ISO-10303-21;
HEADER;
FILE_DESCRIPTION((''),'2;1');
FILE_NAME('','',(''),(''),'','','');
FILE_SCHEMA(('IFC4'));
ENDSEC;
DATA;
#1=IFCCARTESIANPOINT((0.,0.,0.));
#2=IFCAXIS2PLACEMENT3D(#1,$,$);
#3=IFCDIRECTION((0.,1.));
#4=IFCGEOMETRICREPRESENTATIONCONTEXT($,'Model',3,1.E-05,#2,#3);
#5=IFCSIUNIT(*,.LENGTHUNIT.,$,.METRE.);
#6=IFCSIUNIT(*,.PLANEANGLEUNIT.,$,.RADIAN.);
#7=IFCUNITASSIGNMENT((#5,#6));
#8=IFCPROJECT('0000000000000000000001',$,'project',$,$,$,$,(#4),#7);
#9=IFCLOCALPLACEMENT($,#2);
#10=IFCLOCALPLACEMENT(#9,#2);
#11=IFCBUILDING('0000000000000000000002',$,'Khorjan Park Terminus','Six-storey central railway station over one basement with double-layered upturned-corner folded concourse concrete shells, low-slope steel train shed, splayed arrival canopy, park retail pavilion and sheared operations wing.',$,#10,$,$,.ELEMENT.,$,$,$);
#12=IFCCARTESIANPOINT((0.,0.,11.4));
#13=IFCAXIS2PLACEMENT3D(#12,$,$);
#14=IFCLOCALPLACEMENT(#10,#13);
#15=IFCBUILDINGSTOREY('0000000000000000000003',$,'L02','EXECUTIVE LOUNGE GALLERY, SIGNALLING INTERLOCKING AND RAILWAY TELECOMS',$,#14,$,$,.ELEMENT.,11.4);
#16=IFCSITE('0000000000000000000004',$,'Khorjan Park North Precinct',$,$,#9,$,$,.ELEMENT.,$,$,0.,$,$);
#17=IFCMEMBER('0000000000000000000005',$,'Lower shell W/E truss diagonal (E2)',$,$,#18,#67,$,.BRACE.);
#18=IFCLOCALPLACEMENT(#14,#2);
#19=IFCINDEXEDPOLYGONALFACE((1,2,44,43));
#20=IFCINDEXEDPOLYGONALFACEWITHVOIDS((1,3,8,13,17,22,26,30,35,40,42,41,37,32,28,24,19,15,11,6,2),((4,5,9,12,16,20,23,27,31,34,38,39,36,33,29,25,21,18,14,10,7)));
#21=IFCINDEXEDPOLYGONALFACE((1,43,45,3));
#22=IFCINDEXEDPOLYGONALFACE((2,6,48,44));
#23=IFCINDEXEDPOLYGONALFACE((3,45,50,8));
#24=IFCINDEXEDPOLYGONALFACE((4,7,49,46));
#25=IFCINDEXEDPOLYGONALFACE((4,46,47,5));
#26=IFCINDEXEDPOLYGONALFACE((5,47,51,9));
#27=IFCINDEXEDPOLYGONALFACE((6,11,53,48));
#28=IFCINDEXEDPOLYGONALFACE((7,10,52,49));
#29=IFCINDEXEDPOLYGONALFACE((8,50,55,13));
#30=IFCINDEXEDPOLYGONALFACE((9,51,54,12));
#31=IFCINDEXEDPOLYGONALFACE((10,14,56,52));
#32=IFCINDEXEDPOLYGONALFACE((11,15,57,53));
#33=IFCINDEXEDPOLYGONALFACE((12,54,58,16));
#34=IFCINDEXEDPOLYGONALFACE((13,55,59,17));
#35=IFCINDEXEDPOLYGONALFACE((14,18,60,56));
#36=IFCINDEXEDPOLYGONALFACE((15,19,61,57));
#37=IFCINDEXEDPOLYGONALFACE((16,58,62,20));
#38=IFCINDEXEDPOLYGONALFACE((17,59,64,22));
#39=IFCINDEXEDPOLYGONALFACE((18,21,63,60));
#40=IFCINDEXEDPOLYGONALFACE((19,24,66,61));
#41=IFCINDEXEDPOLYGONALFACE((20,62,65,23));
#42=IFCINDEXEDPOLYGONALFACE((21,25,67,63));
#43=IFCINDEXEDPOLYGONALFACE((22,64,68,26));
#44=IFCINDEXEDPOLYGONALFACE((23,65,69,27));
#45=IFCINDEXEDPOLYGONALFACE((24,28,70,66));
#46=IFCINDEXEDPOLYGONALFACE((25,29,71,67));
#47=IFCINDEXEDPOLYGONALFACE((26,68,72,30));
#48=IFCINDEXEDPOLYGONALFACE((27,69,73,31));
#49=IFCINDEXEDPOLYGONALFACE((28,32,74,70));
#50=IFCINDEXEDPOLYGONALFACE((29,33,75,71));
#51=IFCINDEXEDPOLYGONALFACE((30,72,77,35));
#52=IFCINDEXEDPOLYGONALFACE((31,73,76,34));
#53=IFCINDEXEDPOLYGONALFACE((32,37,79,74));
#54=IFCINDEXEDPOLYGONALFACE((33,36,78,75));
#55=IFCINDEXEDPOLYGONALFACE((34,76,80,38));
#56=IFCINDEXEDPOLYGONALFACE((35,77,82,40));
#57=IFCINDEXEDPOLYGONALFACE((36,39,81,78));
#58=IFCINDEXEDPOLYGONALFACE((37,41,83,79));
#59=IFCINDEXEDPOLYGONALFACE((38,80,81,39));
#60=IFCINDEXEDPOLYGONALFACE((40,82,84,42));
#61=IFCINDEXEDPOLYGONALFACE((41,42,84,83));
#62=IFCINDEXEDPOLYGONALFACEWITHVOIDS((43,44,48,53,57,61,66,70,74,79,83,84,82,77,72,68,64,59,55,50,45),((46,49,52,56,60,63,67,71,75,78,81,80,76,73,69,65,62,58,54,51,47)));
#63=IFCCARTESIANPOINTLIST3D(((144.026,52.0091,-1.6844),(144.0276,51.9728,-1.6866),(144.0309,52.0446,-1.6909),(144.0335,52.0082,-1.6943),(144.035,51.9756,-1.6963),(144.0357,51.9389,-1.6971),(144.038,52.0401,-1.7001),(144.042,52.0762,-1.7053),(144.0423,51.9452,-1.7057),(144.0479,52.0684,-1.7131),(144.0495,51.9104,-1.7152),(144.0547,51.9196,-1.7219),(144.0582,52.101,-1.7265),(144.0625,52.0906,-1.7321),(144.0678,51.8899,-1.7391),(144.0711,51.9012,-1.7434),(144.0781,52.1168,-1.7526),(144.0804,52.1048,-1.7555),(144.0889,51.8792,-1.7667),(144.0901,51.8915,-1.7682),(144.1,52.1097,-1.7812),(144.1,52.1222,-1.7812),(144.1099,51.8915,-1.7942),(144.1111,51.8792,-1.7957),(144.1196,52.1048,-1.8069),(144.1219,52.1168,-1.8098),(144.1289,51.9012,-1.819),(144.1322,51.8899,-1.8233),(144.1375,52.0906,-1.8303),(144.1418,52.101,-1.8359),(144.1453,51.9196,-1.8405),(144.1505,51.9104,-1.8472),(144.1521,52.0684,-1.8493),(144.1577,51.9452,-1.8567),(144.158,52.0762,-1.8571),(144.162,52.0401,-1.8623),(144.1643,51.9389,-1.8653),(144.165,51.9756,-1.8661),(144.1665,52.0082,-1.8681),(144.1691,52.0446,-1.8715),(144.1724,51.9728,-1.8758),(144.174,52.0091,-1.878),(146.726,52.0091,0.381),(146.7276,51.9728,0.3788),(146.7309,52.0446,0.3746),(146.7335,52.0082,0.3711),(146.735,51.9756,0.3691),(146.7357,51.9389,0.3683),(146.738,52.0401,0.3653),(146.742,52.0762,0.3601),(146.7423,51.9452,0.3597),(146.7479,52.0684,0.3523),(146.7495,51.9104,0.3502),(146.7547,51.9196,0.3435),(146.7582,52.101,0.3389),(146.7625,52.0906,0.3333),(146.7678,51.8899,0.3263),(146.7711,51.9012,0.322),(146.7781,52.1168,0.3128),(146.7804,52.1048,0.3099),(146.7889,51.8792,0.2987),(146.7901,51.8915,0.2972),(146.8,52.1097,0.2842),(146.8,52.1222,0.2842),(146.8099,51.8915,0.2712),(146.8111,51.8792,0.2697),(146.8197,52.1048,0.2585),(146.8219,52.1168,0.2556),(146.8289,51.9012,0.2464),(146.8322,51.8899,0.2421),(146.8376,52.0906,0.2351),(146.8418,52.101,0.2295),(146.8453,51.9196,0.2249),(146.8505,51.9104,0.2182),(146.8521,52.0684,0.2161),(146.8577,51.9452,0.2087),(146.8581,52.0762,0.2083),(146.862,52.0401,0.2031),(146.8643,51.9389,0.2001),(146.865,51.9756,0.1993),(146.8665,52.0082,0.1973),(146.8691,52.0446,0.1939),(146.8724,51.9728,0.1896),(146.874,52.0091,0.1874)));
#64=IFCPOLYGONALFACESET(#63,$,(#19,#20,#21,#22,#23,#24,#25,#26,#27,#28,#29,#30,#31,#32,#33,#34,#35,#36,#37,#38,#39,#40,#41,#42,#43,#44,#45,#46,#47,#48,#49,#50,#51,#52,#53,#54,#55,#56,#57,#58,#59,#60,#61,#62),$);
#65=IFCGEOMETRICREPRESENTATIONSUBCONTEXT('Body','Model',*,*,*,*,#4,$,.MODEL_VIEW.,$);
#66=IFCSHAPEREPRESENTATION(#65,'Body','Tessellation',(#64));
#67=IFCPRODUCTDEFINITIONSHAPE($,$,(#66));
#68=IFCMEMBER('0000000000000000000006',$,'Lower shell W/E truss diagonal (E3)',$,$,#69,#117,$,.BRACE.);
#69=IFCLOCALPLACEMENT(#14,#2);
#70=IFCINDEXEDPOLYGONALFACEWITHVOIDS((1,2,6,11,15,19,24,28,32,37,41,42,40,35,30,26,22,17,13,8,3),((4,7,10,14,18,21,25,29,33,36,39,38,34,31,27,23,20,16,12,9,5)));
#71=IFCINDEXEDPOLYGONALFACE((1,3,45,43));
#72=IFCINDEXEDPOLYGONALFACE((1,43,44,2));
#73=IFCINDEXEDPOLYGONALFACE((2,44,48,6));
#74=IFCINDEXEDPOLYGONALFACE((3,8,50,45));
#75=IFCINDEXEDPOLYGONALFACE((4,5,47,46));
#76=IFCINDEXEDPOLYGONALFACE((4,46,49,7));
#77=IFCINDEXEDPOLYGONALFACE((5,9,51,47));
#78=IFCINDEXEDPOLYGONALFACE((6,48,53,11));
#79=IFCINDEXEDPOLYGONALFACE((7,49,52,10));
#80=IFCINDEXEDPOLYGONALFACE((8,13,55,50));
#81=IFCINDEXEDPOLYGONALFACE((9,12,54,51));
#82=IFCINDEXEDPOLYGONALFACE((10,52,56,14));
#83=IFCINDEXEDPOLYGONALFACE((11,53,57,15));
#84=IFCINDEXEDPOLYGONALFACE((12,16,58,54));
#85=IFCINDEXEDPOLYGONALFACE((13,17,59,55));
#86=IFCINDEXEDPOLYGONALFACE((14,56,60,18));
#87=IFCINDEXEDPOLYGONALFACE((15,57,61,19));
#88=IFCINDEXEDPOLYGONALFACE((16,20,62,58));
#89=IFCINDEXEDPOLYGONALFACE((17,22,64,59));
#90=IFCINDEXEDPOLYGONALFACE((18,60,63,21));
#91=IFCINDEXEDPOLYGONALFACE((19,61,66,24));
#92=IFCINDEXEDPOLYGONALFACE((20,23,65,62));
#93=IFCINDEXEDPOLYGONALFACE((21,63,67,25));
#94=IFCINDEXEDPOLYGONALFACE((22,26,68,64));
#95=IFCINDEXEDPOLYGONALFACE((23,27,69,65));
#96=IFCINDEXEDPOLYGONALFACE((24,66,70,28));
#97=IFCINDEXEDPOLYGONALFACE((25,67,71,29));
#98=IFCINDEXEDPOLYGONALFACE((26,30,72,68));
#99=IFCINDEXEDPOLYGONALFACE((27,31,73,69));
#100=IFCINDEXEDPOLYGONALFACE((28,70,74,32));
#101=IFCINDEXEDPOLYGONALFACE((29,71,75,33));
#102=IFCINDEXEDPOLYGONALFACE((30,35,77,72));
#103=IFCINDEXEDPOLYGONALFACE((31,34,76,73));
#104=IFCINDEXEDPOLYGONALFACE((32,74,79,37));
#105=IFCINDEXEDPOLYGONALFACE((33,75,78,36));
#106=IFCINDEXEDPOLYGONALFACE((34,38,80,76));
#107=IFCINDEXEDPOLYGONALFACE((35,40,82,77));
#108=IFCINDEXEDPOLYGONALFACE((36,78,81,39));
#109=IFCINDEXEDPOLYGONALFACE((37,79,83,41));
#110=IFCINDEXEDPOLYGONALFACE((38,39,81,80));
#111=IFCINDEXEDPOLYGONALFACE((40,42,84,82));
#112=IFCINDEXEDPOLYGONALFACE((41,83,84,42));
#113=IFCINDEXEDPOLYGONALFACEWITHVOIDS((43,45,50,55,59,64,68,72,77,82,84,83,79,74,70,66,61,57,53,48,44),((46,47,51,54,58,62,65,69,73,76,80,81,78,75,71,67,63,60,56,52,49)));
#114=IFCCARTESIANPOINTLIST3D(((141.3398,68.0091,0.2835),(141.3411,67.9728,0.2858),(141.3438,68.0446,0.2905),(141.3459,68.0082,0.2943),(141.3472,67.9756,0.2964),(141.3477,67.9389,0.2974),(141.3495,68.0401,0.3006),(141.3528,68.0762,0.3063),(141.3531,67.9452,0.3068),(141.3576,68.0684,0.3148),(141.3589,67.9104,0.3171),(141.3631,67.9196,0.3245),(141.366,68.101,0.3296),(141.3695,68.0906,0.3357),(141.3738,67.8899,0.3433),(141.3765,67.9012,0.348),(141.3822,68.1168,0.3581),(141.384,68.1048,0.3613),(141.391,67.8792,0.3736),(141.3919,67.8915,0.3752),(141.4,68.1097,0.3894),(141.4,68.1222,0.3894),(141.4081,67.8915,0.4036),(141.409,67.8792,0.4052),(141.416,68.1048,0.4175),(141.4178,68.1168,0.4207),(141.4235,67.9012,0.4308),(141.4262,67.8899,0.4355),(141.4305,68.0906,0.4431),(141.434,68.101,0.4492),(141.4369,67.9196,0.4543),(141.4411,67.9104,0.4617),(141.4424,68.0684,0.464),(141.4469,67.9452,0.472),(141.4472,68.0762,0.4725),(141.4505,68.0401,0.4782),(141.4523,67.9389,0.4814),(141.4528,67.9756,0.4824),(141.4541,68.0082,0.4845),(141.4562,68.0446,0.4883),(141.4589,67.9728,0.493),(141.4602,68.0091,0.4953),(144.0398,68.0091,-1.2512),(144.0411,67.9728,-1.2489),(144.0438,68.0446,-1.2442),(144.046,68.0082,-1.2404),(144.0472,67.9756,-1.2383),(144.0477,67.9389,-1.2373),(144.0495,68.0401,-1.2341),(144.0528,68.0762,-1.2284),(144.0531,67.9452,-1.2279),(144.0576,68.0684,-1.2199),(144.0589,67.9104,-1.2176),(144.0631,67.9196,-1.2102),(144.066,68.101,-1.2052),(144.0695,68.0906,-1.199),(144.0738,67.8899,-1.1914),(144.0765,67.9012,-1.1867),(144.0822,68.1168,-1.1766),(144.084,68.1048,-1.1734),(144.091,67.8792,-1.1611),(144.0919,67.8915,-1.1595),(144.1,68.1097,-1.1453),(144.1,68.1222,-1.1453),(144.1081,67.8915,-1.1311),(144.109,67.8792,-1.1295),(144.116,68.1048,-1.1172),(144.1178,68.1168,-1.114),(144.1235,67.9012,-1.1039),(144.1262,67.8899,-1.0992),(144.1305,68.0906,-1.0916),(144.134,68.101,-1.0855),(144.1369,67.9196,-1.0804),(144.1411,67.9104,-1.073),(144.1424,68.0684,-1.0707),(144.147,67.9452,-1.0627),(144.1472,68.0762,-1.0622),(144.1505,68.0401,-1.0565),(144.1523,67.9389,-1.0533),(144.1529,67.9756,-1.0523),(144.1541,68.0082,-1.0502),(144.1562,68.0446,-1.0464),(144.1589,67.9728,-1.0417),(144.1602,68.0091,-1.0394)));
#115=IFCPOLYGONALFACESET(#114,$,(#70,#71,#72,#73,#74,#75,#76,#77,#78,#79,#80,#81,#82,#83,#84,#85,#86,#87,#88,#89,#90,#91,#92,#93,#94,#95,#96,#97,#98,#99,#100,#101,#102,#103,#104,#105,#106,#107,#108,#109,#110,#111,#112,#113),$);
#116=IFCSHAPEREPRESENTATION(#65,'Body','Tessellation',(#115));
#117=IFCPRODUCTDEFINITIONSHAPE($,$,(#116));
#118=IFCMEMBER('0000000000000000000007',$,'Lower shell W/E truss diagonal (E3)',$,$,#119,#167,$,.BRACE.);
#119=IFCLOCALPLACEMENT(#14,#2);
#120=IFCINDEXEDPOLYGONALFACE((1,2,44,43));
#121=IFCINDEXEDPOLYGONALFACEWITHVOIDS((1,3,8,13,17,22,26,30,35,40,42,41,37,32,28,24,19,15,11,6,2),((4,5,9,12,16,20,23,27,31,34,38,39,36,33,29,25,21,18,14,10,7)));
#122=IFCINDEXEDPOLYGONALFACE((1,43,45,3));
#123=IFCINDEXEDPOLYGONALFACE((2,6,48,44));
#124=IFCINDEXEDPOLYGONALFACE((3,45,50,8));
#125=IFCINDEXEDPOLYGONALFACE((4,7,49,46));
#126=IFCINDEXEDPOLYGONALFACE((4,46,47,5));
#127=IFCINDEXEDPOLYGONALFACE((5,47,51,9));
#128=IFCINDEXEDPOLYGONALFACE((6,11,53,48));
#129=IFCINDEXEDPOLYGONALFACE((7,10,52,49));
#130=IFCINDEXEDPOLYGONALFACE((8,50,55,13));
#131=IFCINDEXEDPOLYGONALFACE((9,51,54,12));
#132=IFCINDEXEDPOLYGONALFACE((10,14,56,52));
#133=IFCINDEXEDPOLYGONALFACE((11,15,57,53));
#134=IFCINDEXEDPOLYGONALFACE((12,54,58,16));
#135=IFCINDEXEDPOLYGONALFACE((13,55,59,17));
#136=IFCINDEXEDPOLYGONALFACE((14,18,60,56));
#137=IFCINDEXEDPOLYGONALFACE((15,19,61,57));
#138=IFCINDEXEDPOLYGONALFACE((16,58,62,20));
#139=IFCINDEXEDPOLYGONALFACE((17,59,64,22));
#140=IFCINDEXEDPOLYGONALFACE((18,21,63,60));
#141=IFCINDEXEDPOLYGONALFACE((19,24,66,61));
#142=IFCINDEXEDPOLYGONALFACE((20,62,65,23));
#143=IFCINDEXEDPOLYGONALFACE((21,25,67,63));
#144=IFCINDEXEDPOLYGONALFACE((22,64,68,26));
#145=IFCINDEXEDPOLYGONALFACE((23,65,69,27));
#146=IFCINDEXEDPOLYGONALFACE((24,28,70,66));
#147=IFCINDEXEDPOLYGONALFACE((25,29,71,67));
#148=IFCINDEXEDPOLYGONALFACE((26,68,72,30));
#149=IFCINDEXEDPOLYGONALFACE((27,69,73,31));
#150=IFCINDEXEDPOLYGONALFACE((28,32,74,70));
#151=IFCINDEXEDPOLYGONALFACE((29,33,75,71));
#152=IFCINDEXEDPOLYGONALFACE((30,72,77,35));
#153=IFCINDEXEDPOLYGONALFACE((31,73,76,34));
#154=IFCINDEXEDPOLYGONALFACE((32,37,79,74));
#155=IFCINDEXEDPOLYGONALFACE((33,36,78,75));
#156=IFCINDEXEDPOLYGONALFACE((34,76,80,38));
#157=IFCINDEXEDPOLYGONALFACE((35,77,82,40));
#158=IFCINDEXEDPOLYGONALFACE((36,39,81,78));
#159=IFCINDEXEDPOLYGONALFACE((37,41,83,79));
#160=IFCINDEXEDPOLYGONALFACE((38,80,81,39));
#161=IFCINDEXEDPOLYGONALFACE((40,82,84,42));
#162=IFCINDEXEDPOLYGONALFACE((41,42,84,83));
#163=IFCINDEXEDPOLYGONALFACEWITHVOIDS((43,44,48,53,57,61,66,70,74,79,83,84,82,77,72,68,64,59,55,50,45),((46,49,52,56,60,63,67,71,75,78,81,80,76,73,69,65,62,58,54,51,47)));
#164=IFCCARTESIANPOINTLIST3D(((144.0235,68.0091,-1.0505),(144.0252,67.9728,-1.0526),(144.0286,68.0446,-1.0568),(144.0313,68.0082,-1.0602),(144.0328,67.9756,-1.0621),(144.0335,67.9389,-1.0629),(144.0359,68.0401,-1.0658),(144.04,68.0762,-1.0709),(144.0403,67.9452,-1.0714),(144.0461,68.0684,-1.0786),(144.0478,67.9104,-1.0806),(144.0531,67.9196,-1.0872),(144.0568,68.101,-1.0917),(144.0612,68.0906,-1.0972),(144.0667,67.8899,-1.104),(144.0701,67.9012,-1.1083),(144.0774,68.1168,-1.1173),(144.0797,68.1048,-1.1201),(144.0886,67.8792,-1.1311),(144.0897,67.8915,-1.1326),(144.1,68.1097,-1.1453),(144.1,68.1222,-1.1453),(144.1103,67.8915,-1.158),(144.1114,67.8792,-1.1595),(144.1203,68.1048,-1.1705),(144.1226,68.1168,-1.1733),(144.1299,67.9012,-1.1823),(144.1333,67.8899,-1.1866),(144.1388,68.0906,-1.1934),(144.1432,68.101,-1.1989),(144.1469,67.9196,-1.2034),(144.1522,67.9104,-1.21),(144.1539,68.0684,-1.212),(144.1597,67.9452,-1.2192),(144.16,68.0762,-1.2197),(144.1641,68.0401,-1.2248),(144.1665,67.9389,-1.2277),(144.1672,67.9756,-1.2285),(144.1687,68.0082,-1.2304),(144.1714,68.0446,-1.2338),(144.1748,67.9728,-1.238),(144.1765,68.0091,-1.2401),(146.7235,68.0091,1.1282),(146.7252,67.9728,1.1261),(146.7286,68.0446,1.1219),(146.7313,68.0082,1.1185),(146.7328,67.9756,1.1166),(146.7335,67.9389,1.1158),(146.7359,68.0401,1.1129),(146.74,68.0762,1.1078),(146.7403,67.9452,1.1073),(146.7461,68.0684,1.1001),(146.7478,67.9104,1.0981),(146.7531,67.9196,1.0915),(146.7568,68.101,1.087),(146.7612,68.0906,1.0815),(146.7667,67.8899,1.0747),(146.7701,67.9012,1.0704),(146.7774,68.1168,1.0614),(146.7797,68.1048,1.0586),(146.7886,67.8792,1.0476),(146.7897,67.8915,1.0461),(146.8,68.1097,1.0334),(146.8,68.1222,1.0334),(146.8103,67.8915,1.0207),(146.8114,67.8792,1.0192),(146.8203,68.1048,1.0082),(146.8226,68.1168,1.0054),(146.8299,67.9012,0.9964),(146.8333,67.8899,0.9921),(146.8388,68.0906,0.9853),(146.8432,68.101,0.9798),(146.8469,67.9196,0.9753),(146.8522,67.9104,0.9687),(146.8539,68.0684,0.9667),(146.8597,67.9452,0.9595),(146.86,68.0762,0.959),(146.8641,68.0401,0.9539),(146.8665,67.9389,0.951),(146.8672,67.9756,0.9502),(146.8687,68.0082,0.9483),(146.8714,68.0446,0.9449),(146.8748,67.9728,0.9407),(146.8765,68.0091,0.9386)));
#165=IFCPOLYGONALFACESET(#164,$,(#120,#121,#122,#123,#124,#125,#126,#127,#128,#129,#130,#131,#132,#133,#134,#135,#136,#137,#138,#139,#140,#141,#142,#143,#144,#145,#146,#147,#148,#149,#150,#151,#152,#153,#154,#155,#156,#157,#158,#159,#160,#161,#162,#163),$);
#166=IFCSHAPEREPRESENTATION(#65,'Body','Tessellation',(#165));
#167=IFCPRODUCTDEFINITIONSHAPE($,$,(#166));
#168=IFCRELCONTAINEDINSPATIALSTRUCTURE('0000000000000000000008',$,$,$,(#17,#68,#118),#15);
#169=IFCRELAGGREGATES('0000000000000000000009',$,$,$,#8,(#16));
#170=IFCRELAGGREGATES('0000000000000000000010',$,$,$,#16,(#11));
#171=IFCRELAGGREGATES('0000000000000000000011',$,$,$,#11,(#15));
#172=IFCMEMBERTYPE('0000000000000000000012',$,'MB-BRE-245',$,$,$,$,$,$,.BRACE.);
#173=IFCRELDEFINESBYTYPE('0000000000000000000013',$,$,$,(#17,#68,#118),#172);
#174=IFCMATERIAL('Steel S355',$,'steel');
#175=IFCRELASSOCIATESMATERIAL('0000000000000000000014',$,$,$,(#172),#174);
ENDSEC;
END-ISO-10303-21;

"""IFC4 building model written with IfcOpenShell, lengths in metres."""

from ifc_helpers import new_model, si_unit, direction, frame, origin, origin_2d, place, context, subcontext, project, spatial, hollow_circle, extrude, material, material_profile, profile_set, type_object, element, save


model = new_model("IFC4")

# Units and contexts
model_context = context("Model", 3, precision=1e-05, world=origin(), true_north=direction((0.0, 1.0)))
body_context = subcontext(model_context, "Body", "Model", "MODEL_VIEW")
ifc_project = project(units=[si_unit("LENGTHUNIT", "METRE"), si_unit("PLANEANGLEUNIT", "RADIAN")], contexts=[model_context])

# Site, building, storey
site_placement = place(None, origin())
site = spatial("IfcSite", under=ifc_project, at=site_placement, Name="Khorjan Park North Precinct", CompositionType="ELEMENT", RefElevation=0.0)
building_placement = place(site_placement, origin())
building = spatial("IfcBuilding", under=site, at=building_placement, Name="Khorjan Park Terminus", Description="Six-storey central railway station over one basement with double-layered upturned-corner folded concourse concrete shells, low-slope steel train shed, splayed arrival canopy, park retail pavilion and sheared operations wing.", CompositionType="ELEMENT")
storey_placement = place(building_placement, frame((0.0, 0.0, 11.4)))
storey = spatial("IfcBuildingStorey", under=building, at=storey_placement, Name="L02", Description="EXECUTIVE LOUNGE GALLERY, SIGNALLING INTERLOCKING AND RAILWAY TELECOMS", CompositionType="ELEMENT", Elevation=11.4)

# Members
ifc_material_1 = material(Name="Steel S355", Category="steel")
ifc_material_profile_1 = material_profile(ifc_material_1, hollow_circle(Radius=0.1222, WallThickness=0.0125, at=origin_2d()), Name="CHS 244.5x12.5")
ifc_profile_set_1 = profile_set([ifc_material_profile_1], Name="Steel S355")
member_type_1 = type_object("IfcMemberType", Name="MB-BRE-245", PredefinedType="BRACE", material=ifc_profile_set_1)
member_1_placement = place(storey_placement, frame((144.1, 52.0, -1.7812), z_axis=(0.794259, 0.0, 0.607579), x_axis=(0.0, 1.0, 0.0)))
element("IfcMember", 1, at=member_1_placement, inside=storey, type_object=member_type_1, Name="Lower shell W/E truss diagonal (E2)", PredefinedType="BRACE", context=body_context, shape_type="SweptSolid", body=[
    extrude(hollow_circle(Radius=0.1222, WallThickness=0.0125, at=origin_2d()), origin(), (0.0, 0.0, 1.0), 3.3994),
])
member_2_placement = place(storey_placement, frame((141.4, 68.0, 0.3894), z_axis=(0.869372, 0.0, -0.494158), x_axis=(0.0, 1.0, 0.0)))
element("IfcMember", 2, at=member_2_placement, inside=storey, type_object=member_type_1, Name="Lower shell W/E truss diagonal (E3)", PredefinedType="BRACE", context=body_context, shape_type="SweptSolid", body=[
    extrude(hollow_circle(Radius=0.1222, WallThickness=0.0125, at=origin_2d()), origin(), (0.0, 0.0, 1.0), 3.1057),
])
member_3_placement = place(storey_placement, frame((144.1, 68.0, -1.1453), z_axis=(0.778233, 0.0, 0.627976), x_axis=(0.0, 1.0, 0.0)))
element("IfcMember", 3, at=member_3_placement, inside=storey, type_object=member_type_1, Name="Lower shell W/E truss diagonal (E3)", PredefinedType="BRACE", context=body_context, shape_type="SweptSolid", body=[
    extrude(hollow_circle(Radius=0.1222, WallThickness=0.0125, at=origin_2d()), origin(), (0.0, 0.0, 1.0), 3.4694),
])

save(model, "model.ifc")
